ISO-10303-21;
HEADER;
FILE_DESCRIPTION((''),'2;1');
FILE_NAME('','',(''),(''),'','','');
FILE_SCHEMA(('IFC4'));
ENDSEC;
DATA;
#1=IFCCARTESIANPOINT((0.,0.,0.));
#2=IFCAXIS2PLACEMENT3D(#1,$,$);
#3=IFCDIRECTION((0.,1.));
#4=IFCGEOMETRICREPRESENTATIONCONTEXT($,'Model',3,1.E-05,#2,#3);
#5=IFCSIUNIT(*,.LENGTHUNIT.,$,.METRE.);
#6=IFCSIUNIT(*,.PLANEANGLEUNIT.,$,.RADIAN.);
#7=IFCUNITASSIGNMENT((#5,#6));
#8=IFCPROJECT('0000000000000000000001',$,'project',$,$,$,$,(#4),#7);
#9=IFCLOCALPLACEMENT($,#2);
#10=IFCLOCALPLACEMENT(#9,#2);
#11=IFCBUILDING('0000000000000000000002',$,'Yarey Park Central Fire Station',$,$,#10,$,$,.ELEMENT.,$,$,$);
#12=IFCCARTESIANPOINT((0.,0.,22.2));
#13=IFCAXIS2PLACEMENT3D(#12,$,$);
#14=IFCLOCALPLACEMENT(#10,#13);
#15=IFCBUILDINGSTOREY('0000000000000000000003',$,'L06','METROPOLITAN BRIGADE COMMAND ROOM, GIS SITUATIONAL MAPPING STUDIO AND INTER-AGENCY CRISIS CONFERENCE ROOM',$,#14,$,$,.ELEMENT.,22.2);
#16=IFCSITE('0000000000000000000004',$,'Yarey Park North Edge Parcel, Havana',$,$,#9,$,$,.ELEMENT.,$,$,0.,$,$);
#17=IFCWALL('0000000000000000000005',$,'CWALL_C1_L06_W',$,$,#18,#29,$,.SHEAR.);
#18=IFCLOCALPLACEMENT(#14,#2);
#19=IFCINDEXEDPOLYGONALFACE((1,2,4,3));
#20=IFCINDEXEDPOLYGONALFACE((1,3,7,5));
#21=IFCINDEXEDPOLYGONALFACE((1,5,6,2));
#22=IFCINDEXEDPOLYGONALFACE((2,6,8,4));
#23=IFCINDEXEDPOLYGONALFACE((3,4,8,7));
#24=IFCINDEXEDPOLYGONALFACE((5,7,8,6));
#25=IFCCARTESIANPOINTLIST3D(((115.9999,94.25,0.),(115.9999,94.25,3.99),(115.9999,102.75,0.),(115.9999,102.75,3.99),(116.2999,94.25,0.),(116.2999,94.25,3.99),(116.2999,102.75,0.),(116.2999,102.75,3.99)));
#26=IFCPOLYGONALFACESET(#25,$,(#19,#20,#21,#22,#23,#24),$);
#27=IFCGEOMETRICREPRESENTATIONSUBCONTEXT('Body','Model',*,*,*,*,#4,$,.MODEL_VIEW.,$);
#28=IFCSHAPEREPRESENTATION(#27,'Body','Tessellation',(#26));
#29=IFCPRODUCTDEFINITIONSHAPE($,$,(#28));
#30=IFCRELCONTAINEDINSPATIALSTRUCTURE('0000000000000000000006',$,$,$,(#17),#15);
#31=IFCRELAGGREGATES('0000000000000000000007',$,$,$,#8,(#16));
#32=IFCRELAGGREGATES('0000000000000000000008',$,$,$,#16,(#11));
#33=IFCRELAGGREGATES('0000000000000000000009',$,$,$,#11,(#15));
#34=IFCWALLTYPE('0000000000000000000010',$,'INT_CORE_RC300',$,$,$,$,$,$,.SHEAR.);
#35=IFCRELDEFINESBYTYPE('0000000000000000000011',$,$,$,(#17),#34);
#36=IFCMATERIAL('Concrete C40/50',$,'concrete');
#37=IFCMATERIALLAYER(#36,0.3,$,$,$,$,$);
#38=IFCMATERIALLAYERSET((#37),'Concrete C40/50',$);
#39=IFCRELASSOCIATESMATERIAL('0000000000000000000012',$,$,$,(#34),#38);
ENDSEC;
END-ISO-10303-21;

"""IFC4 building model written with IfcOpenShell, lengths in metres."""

from ifc_helpers import new_model, si_unit, direction, frame, frame_2d, origin, place, context, subcontext, project, spatial, rectangle, extrude, material, layer, layer_set, type_object, element, save


model = new_model("IFC4")

# Units and contexts
model_context = context("Model", 3, precision=1e-05, world=origin(), true_north=direction((0.0, 1.0)))
body_context = subcontext(model_context, "Body", "Model", "MODEL_VIEW")
ifc_project = project(units=[si_unit("LENGTHUNIT", "METRE"), si_unit("PLANEANGLEUNIT", "RADIAN")], contexts=[model_context])

# Site, building, storey
site_placement = place(None, origin())
site = spatial("IfcSite", under=ifc_project, at=site_placement, Name="Yarey Park North Edge Parcel, Havana", CompositionType="ELEMENT", RefElevation=0.0)
building_placement = place(site_placement, origin())
building = spatial("IfcBuilding", under=site, at=building_placement, Name="Yarey Park Central Fire Station", CompositionType="ELEMENT")
storey_placement = place(building_placement, frame((0.0, 0.0, 22.2)))
storey = spatial("IfcBuildingStorey", under=building, at=storey_placement, Name="L06", Description="METROPOLITAN BRIGADE COMMAND ROOM, GIS SITUATIONAL MAPPING STUDIO AND INTER-AGENCY CRISIS CONFERENCE ROOM", CompositionType="ELEMENT", Elevation=22.2)

# Wall
ifc_material_1 = material(Name="Concrete C40/50", Category="concrete")
ifc_layer_1 = layer(ifc_material_1, 0.3)
ifc_layer_set_1 = layer_set([ifc_layer_1], Name="Concrete C40/50")
wall_type = type_object("IfcWallType", Name="INT_CORE_RC300", PredefinedType="SHEAR", material=ifc_layer_set_1)
wall_1_placement = place(storey_placement, frame((116.1499, 102.75, 0.0), z_axis=(0.0, 0.0, 1.0), x_axis=(0.0, -1.0, 0.0)))
element("IfcWall", 1, at=wall_1_placement, inside=storey, type_object=wall_type, Name="CWALL_C1_L06_W", PredefinedType="SHEAR", context=body_context, shape_type="SweptSolid", body=[
    extrude(rectangle(XDim=8.5, YDim=0.3, at=frame_2d((4.25, 0.0))), origin(), (0.0, 0.0, 1.0), 3.99),
])

save(model, "model.ifc")
